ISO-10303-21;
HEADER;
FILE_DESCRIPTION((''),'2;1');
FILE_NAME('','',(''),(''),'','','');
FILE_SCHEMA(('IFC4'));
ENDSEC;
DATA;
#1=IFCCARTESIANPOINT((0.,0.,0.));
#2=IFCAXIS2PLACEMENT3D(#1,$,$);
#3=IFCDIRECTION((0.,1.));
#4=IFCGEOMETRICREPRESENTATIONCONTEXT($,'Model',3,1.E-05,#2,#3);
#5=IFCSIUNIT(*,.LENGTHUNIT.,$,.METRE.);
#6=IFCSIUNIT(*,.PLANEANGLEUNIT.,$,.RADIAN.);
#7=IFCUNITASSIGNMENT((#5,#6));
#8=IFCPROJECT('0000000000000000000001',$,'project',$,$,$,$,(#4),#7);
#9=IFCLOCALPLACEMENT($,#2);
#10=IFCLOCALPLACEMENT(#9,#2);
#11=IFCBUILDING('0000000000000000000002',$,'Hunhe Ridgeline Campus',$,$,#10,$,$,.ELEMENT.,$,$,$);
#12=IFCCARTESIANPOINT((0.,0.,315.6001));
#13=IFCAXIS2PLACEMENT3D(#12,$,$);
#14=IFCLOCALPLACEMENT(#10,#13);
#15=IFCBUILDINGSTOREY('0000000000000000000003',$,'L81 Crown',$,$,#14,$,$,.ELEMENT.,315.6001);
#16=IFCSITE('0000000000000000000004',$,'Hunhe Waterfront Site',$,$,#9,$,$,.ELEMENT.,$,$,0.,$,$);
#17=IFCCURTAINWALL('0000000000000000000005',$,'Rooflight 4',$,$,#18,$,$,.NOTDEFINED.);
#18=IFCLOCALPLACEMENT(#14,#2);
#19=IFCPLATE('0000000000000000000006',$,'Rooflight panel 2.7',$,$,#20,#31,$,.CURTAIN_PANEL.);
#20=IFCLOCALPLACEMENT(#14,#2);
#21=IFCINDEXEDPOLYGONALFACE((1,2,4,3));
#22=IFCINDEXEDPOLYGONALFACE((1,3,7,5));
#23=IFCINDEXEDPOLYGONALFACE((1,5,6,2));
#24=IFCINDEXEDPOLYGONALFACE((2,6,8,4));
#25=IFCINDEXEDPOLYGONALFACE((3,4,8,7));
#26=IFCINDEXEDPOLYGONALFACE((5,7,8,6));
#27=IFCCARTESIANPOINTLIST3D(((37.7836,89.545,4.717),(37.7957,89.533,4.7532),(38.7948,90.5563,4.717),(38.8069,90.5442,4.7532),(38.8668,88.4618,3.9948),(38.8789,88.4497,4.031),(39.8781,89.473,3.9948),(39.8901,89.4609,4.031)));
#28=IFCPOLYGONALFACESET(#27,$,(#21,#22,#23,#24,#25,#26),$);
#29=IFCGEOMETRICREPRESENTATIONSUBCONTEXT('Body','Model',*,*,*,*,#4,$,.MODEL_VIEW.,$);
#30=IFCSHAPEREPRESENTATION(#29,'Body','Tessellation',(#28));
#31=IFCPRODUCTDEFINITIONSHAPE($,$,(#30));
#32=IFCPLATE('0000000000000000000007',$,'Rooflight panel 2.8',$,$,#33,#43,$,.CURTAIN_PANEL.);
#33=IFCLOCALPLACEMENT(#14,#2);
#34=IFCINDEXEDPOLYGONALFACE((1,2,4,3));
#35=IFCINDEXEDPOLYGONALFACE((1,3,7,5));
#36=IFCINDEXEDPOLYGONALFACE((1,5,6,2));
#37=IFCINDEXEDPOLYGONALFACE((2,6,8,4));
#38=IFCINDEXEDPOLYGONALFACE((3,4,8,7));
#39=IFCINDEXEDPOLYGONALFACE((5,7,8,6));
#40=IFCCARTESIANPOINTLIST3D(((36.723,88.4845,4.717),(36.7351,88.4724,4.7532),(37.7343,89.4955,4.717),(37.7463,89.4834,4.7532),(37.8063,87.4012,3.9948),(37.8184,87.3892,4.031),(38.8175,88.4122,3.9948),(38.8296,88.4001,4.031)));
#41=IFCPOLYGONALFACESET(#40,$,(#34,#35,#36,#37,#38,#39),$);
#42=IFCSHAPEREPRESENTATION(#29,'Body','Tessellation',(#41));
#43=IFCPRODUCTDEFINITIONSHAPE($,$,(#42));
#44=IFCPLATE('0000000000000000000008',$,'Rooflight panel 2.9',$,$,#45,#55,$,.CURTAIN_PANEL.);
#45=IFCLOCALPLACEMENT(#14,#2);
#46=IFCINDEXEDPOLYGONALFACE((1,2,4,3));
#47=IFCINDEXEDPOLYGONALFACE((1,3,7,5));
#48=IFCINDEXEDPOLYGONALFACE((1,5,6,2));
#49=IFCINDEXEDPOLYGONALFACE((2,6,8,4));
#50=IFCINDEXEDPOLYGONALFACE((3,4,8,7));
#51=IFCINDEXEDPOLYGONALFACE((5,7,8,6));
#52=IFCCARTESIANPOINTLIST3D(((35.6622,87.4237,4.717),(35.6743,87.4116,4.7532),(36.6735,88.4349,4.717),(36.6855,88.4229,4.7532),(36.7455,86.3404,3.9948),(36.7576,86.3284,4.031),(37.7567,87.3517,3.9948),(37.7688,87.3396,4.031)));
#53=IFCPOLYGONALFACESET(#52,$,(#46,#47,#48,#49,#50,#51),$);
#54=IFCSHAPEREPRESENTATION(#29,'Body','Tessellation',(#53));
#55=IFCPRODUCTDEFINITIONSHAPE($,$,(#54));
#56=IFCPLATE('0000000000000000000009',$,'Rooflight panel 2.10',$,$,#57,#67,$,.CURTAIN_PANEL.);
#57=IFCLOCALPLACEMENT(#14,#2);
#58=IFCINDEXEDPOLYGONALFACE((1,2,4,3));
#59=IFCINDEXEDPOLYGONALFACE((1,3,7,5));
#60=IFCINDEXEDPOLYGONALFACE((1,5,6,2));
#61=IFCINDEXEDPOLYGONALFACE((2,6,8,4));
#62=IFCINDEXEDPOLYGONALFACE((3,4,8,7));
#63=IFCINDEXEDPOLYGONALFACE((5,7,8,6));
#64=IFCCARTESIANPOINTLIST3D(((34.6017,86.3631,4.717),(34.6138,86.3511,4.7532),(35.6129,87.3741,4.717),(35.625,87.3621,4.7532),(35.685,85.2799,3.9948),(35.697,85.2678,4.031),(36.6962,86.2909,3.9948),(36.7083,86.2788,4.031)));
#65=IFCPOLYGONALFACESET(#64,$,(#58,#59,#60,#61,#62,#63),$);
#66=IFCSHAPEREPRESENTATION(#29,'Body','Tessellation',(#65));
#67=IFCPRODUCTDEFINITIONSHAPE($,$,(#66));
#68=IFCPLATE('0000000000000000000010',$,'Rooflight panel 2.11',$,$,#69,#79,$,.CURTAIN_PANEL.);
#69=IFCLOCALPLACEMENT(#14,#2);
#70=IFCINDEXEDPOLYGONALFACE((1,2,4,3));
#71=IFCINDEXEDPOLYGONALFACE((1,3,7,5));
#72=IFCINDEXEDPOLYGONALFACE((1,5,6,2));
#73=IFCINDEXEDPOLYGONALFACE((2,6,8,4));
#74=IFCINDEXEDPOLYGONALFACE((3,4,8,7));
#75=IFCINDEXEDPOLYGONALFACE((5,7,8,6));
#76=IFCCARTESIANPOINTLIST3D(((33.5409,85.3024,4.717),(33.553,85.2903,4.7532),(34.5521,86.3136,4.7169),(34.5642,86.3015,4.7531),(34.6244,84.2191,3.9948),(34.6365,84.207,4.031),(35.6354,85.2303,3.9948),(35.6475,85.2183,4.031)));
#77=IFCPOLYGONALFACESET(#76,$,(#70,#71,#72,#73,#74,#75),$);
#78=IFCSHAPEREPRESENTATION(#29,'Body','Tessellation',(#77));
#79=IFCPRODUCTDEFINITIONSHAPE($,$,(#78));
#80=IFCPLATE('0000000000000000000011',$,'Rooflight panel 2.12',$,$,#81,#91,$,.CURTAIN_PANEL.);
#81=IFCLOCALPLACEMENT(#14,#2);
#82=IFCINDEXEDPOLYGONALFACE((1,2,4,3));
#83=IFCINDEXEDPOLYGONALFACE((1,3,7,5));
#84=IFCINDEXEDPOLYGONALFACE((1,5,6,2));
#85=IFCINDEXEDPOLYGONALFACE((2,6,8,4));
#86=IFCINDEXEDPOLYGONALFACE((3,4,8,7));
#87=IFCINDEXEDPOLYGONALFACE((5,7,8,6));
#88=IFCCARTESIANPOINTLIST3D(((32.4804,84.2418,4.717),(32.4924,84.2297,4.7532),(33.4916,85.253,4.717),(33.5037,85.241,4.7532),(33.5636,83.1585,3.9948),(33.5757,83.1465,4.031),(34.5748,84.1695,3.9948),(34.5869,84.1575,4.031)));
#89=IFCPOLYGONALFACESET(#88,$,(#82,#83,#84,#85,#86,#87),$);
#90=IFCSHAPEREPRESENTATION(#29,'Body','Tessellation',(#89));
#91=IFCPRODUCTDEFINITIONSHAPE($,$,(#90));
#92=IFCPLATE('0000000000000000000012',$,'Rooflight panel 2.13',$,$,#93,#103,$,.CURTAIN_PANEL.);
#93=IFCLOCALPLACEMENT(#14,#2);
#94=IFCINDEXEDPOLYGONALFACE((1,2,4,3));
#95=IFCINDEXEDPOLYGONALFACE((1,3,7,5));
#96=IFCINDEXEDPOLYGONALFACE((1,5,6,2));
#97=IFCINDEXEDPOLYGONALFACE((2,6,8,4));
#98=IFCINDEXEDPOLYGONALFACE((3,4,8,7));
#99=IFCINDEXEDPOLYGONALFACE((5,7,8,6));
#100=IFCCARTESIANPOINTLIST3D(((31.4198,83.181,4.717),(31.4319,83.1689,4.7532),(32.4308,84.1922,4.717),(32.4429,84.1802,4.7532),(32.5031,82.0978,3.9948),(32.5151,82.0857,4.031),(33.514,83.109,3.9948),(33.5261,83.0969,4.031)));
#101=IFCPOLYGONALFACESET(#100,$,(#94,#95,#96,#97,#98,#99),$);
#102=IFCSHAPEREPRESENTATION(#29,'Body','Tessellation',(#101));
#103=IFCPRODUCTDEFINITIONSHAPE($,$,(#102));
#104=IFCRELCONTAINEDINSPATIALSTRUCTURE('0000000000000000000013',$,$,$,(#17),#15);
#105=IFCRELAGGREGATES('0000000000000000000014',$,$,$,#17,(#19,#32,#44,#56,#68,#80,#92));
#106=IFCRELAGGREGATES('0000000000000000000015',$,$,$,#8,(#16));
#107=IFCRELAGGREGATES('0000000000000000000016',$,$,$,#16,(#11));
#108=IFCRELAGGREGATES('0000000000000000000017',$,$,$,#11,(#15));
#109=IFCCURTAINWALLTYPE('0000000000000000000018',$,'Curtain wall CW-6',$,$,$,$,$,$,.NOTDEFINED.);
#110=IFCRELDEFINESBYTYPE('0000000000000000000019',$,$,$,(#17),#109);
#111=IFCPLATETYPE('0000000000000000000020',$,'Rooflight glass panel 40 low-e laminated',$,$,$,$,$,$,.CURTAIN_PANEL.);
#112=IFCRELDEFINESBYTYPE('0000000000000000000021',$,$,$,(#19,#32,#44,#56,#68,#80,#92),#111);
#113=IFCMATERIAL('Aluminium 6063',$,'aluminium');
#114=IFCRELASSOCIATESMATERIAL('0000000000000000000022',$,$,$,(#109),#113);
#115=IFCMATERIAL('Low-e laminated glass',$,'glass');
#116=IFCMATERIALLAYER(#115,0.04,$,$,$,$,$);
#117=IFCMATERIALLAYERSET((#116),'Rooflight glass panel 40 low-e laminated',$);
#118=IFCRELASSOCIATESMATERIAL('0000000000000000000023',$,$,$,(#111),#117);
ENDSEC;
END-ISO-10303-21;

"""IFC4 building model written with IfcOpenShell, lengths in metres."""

from ifc_helpers import new_model, si_unit, direction, frame, origin, place, context, subcontext, project, spatial, polyline, outline, extrude, material, layer, layer_set, type_object, element, aggregate, save


model = new_model("IFC4")

# Units and contexts
model_context = context("Model", 3, precision=1e-05, world=origin(), true_north=direction((0.0, 1.0)))
body_context = subcontext(model_context, "Body", "Model", "MODEL_VIEW")
ifc_project = project(units=[si_unit("LENGTHUNIT", "METRE"), si_unit("PLANEANGLEUNIT", "RADIAN")], contexts=[model_context])

# Site, building, storey
site_placement = place(None, origin())
site = spatial("IfcSite", under=ifc_project, at=site_placement, Name="Hunhe Waterfront Site", CompositionType="ELEMENT", RefElevation=0.0)
building_placement = place(site_placement, origin())
building = spatial("IfcBuilding", under=site, at=building_placement, Name="Hunhe Ridgeline Campus", CompositionType="ELEMENT")
storey_placement = place(building_placement, frame((0.0, 0.0, 315.6001)))
storey = spatial("IfcBuildingStorey", under=building, at=storey_placement, Name="L81 Crown", CompositionType="ELEMENT", Elevation=315.6001)

# Curtain wall, plates
ifc_material_1 = material(Name="Aluminium 6063", Category="aluminium")
curtain_wall_type = type_object("IfcCurtainWallType", Name="Curtain wall CW-6", PredefinedType="NOTDEFINED", material=ifc_material_1)
curtain_wall_placement = place(storey_placement, origin())
curtain_wall = element("IfcCurtainWall", 1, at=curtain_wall_placement, inside=storey, type_object=curtain_wall_type, Name="Rooflight 4", PredefinedType="NOTDEFINED")
ifc_material_2 = material(Name="Low-e laminated glass", Category="glass")
ifc_layer = layer(ifc_material_2, 0.04)
ifc_layer_set = layer_set([ifc_layer], Name="Rooflight glass panel 40 low-e laminated")
plate_type = type_object("IfcPlateType", Name="Rooflight glass panel 40 low-e laminated", PredefinedType="CURTAIN_PANEL", material=ifc_layer_set)
plate_1_placement = place(storey_placement, frame((39.8901, 89.4609, 4.031), z_axis=(0.301511, -0.301511, 0.904534), x_axis=(-0.639602, 0.639602, 0.426401)))
plate_1 = element("IfcPlate", 2, at=plate_1_placement, type_object=plate_type, Name="Rooflight panel 2.7", PredefinedType="CURTAIN_PANEL", context=body_context, shape_type="SweptSolid", body=[
    extrude(outline(polyline([(0.0, 0.0), (1.6936, 0.0), (1.6936, 1.4301), (0.0, 1.4301), (0.0, 0.0)])), origin(), (0.0, 0.0, -1.0), 0.04),
])
plate_2_placement = place(storey_placement, frame((38.8296, 88.4001, 4.031), z_axis=(0.301475, -0.301548, 0.904534), x_axis=(-0.639602, 0.639602, 0.426401)))
plate_2 = element("IfcPlate", 3, at=plate_2_placement, type_object=plate_type, Name="Rooflight panel 2.8", PredefinedType="CURTAIN_PANEL", context=body_context, shape_type="SweptSolid", body=[
    extrude(outline(polyline([(0.0, 0.0), (1.6936, 0.0), (1.6938, 1.4299), (0.0002, 1.4299), (0.0, 0.0)])), origin(), (0.0, 0.0, -1.0), 0.04),
])
plate_3_placement = place(storey_placement, frame((37.7688, 87.3396, 4.031), z_axis=(0.301511, -0.301511, 0.904534), x_axis=(-0.639602, 0.639602, 0.426401)))
plate_3 = element("IfcPlate", 4, at=plate_3_placement, type_object=plate_type, Name="Rooflight panel 2.9", PredefinedType="CURTAIN_PANEL", context=body_context, shape_type="SweptSolid", body=[
    extrude(outline(polyline([(0.0, 0.0), (1.6936, 0.0), (1.6936, 1.4301), (0.0, 1.4301), (0.0, 0.0)])), origin(), (0.0, 0.0, -1.0), 0.04),
])
plate_4_placement = place(storey_placement, frame((36.7083, 86.2788, 4.031), z_axis=(0.301475, -0.301548, 0.904534), x_axis=(-0.639602, 0.639602, 0.426401)))
plate_4 = element("IfcPlate", 5, at=plate_4_placement, type_object=plate_type, Name="Rooflight panel 2.10", PredefinedType="CURTAIN_PANEL", context=body_context, shape_type="SweptSolid", body=[
    extrude(outline(polyline([(0.0, 0.0), (1.6936, 0.0), (1.6938, 1.4299), (0.0002, 1.4299), (0.0, 0.0)])), origin(), (0.0, 0.0, -1.0), 0.04),
])
plate_5_placement = place(storey_placement, frame((35.6475, 85.2183, 4.031), z_axis=(0.301516, -0.301479, 0.904543), x_axis=(-0.639609, 0.639609, 0.426382)))
plate_5 = element("IfcPlate", 6, at=plate_5_placement, type_object=plate_type, Name="Rooflight panel 2.11", PredefinedType="CURTAIN_PANEL", context=body_context, shape_type="SweptSolid", body=[
    extrude(outline(polyline([(0.0, 0.0), (1.6936, 0.0), (1.6936, 1.4301), (-0.0002, 1.4299), (0.0, 0.0)])), origin(), (0.0, 0.0, -1.0), 0.04),
])
plate_6_placement = place(storey_placement, frame((34.5869, 84.1575, 4.031), z_axis=(0.301479, -0.301516, 0.904543), x_axis=(-0.639537, 0.639681, 0.426382)))
plate_6 = element("IfcPlate", 7, at=plate_6_placement, type_object=plate_type, Name="Rooflight panel 2.12", PredefinedType="CURTAIN_PANEL", context=body_context, shape_type="SweptSolid", body=[
    extrude(outline(polyline([(0.0, 0.0), (1.6938, 0.0), (1.6936, 1.4301), (0.0, 1.4299), (0.0, 0.0)])), origin(), (0.0, 0.0, -1.0), 0.04),
])
plate_7_placement = place(storey_placement, frame((33.5261, 83.0969, 4.031), z_axis=(0.301548, -0.301475, 0.904534), x_axis=(-0.639602, 0.639602, 0.426401)))
plate_7 = element("IfcPlate", 8, at=plate_7_placement, type_object=plate_type, Name="Rooflight panel 2.13", PredefinedType="CURTAIN_PANEL", context=body_context, shape_type="SweptSolid", body=[
    extrude(outline(polyline([(0.0, 0.0), (1.6936, 0.0), (1.6935, 1.4299), (-0.0002, 1.4299), (0.0, 0.0)])), origin(), (0.0, 0.0, -1.0), 0.04),
])
aggregate(curtain_wall, [plate_1, plate_2, plate_3, plate_4, plate_5, plate_6, plate_7])

save(model, "model.ifc")
